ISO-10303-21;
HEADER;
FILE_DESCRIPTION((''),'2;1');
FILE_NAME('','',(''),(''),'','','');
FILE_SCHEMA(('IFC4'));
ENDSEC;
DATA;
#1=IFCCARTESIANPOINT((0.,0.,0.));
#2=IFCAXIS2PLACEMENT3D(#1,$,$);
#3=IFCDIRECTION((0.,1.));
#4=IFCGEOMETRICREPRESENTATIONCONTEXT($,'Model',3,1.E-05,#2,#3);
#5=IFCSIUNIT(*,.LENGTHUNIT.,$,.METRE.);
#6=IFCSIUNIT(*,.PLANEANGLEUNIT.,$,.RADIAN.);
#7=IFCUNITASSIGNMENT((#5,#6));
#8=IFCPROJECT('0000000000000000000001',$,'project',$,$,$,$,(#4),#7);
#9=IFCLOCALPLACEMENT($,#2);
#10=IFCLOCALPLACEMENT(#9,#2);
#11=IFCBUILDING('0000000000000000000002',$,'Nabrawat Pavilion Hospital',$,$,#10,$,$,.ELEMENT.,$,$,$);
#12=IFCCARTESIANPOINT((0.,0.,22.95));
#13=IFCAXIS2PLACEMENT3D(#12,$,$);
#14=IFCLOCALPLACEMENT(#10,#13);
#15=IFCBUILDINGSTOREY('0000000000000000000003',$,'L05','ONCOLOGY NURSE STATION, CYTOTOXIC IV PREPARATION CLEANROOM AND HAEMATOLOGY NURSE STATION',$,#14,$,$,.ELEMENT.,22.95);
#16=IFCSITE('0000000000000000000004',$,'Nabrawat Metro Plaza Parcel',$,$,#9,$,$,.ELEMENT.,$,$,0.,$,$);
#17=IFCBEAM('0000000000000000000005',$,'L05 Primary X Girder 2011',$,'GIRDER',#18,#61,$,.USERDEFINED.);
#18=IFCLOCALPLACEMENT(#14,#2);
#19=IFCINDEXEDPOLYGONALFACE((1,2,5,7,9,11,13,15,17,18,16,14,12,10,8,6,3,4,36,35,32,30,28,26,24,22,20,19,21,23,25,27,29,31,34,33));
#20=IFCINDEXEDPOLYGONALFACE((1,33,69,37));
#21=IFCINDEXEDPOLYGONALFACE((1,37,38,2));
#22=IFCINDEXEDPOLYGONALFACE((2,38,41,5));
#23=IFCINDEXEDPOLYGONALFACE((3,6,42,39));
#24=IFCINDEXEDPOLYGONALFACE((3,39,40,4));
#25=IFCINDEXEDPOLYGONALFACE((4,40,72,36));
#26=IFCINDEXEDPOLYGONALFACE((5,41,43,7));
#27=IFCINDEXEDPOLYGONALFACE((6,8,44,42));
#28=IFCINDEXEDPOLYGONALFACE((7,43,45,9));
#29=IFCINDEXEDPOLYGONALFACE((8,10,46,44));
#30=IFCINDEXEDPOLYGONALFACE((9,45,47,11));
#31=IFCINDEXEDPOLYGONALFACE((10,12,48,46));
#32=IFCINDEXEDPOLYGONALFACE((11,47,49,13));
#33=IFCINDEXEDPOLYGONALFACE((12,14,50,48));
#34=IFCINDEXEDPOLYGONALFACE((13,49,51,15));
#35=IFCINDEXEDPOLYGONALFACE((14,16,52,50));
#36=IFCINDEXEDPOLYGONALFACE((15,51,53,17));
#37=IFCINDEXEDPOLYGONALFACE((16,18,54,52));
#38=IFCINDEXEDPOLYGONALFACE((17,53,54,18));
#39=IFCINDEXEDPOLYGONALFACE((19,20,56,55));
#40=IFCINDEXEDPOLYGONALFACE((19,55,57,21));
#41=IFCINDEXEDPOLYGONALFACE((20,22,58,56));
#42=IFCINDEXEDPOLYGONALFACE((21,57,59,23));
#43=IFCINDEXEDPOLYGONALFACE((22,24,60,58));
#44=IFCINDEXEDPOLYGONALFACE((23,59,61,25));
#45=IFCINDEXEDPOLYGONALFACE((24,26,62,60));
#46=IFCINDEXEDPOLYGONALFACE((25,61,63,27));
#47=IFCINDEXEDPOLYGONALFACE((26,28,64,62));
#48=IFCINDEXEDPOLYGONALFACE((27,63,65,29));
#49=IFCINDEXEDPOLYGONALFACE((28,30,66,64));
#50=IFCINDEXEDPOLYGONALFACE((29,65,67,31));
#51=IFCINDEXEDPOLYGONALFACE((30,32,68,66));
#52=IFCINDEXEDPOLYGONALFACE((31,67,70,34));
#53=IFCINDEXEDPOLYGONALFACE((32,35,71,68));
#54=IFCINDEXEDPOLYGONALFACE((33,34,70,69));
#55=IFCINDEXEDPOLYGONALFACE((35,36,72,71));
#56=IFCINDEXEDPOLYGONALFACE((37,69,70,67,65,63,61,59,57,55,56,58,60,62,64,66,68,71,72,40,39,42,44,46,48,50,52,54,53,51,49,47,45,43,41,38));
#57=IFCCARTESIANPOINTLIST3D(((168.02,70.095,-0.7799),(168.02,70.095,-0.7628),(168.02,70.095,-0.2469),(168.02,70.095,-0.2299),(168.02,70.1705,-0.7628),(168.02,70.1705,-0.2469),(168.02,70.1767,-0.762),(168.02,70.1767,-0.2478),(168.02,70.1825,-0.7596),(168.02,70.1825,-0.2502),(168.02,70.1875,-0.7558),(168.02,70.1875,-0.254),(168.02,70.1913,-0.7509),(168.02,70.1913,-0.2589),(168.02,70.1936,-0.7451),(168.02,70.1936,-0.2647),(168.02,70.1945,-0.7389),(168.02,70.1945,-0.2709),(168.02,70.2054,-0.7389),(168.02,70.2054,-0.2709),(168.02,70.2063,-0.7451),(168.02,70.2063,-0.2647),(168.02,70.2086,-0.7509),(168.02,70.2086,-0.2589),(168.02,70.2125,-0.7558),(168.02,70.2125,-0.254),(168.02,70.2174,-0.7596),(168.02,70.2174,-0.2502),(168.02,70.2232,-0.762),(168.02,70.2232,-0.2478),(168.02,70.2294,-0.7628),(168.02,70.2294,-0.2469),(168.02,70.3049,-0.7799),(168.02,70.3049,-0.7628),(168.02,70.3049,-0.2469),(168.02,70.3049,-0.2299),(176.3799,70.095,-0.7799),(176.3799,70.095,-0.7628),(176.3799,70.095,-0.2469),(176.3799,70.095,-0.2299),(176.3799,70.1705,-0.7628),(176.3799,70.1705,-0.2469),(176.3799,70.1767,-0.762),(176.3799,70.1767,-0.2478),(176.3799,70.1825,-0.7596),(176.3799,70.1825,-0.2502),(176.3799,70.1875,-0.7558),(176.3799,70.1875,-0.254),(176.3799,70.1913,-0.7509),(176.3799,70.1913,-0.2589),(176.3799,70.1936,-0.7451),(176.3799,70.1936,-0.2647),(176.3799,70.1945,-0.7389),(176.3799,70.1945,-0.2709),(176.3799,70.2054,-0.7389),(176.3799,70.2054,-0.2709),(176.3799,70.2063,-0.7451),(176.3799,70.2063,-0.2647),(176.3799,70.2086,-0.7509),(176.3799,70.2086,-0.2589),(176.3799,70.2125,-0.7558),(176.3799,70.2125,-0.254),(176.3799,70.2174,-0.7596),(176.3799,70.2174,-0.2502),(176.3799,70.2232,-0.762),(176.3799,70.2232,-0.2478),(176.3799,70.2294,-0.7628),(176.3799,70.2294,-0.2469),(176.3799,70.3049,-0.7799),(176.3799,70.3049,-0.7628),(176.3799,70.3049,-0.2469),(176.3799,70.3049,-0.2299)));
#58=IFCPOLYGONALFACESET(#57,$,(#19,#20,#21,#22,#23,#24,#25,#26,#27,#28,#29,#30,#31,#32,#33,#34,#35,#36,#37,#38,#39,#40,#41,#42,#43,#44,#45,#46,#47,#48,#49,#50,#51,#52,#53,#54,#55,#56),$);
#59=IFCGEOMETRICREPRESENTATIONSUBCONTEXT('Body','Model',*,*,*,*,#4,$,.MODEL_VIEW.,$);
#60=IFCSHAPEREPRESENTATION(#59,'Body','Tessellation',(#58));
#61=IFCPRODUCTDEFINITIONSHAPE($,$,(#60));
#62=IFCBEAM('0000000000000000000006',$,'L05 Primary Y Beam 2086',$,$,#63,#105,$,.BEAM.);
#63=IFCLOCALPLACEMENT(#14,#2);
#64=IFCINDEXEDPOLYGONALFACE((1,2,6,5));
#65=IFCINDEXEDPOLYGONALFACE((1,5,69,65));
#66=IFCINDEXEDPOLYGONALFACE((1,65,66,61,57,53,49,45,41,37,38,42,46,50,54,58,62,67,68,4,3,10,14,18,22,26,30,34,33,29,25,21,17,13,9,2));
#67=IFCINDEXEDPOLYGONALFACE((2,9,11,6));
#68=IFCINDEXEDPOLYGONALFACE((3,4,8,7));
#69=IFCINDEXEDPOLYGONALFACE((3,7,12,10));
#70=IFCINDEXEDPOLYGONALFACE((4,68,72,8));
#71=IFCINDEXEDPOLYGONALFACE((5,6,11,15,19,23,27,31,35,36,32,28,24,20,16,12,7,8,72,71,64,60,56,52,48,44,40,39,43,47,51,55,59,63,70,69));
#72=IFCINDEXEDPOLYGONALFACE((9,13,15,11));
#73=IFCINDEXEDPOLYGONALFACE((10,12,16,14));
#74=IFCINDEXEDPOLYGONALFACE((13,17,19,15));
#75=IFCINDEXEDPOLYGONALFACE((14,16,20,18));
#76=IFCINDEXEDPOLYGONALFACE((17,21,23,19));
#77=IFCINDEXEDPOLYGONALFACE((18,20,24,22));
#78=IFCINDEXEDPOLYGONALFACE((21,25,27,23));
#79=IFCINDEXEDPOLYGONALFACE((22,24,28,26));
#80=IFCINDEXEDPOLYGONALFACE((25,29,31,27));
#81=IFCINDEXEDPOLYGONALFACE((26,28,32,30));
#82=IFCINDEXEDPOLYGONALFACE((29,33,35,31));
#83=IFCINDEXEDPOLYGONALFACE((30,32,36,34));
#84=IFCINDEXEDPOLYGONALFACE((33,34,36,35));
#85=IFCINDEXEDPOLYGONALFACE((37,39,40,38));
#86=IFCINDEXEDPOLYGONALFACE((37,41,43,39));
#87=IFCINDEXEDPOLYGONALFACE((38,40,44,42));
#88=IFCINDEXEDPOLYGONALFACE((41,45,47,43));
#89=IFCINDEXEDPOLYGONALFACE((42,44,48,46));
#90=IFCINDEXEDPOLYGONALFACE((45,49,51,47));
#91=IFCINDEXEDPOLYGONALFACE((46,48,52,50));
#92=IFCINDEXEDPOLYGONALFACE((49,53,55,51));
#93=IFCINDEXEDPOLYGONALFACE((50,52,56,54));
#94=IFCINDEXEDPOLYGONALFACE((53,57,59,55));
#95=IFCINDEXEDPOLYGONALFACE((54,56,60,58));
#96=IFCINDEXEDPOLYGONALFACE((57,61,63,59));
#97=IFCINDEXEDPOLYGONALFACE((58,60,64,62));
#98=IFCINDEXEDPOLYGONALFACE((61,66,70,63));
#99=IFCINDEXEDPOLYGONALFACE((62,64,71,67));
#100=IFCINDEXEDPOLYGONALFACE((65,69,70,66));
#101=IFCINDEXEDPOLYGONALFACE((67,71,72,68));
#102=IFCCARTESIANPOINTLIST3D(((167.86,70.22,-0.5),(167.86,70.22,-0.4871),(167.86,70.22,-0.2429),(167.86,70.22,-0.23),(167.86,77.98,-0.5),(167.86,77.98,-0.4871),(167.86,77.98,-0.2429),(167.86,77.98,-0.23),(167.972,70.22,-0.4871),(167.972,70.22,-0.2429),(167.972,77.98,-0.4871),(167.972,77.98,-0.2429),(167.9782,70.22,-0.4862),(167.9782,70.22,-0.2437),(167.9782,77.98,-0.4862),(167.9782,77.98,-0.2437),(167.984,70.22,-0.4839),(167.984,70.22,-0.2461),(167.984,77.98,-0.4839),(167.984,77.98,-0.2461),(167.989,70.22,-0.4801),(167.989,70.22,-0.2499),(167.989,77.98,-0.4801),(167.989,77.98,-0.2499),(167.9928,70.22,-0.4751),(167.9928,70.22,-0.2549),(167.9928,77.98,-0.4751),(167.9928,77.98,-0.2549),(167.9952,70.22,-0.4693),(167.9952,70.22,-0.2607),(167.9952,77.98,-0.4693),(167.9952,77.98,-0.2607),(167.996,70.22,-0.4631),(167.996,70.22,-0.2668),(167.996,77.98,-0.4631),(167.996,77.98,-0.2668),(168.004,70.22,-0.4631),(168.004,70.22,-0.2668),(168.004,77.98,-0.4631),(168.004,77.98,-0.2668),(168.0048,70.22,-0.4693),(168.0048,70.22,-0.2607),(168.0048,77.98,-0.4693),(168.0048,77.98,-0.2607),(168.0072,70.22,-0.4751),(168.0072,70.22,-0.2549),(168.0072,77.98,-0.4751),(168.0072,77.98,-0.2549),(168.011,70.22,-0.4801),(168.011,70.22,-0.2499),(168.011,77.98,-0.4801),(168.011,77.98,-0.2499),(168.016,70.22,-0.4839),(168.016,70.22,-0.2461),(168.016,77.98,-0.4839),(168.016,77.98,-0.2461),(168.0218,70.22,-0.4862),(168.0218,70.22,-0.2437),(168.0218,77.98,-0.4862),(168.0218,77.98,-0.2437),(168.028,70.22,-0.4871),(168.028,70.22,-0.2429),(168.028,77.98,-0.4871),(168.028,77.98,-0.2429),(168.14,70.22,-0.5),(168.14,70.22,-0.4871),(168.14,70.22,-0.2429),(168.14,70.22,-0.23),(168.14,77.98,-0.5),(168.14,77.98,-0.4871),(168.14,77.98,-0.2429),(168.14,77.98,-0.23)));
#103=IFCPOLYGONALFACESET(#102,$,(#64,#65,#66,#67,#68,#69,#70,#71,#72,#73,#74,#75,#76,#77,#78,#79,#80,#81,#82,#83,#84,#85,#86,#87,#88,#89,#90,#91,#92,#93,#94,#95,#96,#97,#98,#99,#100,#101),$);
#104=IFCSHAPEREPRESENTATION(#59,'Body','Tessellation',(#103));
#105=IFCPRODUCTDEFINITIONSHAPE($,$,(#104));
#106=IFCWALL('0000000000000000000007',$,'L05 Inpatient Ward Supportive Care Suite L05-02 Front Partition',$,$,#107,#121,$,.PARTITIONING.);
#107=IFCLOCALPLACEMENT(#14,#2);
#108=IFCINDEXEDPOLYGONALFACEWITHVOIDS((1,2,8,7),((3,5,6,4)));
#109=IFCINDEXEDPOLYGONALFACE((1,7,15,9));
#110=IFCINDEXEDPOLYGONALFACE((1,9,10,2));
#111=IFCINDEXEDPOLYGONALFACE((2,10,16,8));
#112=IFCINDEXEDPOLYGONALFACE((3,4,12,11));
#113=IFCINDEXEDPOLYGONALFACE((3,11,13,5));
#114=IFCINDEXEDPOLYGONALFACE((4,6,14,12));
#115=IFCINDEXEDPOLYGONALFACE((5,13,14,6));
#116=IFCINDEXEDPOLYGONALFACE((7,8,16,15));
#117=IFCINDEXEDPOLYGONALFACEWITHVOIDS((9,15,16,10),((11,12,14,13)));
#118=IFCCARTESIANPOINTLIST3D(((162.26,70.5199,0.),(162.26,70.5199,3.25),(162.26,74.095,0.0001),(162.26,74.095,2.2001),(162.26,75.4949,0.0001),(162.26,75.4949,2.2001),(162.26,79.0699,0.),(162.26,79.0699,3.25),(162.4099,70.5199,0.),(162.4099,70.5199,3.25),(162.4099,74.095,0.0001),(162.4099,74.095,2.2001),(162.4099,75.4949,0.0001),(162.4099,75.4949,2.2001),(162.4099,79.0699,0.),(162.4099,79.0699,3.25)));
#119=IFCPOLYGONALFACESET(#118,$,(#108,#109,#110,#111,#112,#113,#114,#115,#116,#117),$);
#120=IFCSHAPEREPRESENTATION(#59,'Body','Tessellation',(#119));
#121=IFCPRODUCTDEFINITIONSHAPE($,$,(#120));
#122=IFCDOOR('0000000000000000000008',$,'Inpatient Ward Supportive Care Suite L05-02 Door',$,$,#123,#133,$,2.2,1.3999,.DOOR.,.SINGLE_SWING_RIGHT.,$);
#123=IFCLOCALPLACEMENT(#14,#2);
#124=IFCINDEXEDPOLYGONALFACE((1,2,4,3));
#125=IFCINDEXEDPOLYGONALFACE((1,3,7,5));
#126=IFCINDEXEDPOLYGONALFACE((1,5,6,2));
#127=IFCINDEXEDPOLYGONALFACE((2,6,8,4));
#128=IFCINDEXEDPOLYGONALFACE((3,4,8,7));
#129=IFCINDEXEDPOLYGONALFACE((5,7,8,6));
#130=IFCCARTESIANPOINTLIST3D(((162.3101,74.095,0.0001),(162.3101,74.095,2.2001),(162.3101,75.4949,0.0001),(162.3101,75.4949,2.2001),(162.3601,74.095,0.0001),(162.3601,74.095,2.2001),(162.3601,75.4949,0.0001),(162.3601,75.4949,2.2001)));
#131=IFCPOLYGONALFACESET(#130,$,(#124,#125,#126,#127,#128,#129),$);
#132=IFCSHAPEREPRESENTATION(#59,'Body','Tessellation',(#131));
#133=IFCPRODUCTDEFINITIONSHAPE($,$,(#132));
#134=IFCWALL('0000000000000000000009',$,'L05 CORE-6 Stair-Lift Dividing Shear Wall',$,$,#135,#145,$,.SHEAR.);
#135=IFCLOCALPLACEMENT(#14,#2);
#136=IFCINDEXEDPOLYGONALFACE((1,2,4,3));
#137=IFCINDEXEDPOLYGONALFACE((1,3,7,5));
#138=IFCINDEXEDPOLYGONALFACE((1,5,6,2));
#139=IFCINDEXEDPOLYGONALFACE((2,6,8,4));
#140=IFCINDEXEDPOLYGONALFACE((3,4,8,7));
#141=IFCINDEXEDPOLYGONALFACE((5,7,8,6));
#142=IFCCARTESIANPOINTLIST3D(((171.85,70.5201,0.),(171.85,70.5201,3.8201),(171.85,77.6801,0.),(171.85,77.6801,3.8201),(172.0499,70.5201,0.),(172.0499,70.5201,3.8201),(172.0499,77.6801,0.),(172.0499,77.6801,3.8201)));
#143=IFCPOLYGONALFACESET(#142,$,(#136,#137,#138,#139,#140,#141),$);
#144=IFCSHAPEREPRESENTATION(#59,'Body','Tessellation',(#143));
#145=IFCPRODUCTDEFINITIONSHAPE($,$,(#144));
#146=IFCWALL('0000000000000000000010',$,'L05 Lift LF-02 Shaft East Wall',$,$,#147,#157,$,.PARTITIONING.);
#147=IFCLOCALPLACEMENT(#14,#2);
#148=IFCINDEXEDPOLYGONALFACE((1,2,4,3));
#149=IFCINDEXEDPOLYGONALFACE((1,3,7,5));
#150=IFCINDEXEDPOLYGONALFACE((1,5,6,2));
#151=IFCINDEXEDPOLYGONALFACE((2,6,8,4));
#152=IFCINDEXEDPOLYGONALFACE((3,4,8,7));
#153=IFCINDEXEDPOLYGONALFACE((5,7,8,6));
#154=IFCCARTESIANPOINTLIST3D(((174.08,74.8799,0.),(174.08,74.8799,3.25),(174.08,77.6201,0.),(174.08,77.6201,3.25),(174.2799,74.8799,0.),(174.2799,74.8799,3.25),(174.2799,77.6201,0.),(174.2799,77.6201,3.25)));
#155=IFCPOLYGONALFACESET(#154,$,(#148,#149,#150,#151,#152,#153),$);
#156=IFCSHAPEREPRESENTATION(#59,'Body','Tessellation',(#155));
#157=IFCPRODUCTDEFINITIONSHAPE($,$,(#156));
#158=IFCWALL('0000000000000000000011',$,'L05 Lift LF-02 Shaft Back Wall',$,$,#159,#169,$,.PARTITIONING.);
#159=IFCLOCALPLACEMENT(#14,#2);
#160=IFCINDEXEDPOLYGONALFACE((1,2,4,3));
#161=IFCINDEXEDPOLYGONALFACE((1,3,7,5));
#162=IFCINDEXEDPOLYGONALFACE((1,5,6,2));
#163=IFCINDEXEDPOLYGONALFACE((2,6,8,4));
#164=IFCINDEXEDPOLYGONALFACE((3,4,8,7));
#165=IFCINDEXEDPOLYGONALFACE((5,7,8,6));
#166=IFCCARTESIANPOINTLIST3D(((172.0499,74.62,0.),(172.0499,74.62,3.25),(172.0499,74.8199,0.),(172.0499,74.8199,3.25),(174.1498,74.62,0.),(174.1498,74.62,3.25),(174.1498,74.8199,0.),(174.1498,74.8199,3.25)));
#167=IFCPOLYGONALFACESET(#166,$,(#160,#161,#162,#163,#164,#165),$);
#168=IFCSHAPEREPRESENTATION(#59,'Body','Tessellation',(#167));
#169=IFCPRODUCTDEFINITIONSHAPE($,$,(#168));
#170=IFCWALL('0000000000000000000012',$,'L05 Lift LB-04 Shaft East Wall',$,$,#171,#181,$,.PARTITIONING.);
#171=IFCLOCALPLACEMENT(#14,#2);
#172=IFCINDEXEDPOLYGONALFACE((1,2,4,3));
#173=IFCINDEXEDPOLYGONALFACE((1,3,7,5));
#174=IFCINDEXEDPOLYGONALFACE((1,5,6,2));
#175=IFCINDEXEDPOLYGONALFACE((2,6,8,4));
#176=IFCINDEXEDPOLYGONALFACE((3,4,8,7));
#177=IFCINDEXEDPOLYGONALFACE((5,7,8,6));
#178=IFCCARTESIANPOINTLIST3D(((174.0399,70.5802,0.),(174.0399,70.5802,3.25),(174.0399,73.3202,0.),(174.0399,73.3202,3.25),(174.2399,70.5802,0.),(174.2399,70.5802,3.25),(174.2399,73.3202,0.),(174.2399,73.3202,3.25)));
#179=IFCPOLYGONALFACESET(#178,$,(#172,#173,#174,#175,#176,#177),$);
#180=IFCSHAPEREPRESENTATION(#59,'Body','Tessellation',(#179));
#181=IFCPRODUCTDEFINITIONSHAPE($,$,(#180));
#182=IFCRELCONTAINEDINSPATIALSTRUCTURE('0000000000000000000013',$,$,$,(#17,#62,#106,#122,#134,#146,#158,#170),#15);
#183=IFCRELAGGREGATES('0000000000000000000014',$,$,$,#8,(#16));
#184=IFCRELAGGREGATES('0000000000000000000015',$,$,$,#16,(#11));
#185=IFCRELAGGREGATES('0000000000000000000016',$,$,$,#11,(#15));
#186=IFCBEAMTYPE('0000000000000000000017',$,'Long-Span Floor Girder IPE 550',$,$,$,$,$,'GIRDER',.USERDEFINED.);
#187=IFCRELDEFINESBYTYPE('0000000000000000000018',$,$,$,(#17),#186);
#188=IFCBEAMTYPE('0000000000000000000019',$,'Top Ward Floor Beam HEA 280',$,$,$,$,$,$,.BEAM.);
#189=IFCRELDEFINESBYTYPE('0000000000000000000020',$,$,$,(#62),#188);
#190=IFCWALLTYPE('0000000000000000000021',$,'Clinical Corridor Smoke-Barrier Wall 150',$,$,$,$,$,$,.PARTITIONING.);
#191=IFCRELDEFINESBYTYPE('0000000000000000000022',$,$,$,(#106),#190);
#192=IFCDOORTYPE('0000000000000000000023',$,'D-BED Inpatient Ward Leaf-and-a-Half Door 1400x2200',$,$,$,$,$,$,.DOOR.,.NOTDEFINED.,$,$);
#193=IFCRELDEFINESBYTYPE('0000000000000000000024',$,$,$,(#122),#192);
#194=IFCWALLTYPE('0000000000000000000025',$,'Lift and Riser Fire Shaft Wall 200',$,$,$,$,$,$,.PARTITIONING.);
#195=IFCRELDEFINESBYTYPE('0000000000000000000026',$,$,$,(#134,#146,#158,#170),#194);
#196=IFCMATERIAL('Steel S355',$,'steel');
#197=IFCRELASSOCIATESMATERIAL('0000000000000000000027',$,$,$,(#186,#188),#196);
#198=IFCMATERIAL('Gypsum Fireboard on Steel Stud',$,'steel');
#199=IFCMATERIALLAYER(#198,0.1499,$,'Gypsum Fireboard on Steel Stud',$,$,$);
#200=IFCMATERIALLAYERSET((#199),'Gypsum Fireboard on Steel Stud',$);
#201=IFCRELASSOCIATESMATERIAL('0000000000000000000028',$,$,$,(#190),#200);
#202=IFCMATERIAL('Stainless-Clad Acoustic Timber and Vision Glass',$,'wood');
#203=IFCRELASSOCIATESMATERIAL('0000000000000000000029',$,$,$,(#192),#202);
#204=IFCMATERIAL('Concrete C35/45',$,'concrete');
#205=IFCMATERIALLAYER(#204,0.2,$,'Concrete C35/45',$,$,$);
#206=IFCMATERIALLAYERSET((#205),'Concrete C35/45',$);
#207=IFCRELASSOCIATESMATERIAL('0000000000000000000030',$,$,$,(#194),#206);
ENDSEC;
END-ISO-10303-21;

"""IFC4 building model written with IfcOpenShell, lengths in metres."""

from ifc_helpers import new_model, si_unit, direction, frame, frame_2d, origin, origin_2d, place, context, subcontext, project, spatial, rectangle, i_section, extrude, material, layer, layer_set, material_profile, profile_set, type_object, element, fill, save


model = new_model("IFC4")

# Units and contexts
model_context = context("Model", 3, precision=1e-05, world=origin(), true_north=direction((0.0, 1.0)))
body_context = subcontext(model_context, "Body", "Model", "MODEL_VIEW")
ifc_project = project(units=[si_unit("LENGTHUNIT", "METRE"), si_unit("PLANEANGLEUNIT", "RADIAN")], contexts=[model_context])

# Site, building, storey
site_placement = place(None, origin())
site = spatial("IfcSite", under=ifc_project, at=site_placement, Name="Nabrawat Metro Plaza Parcel", CompositionType="ELEMENT", RefElevation=0.0)
building_placement = place(site_placement, origin())
building = spatial("IfcBuilding", under=site, at=building_placement, Name="Nabrawat Pavilion Hospital", CompositionType="ELEMENT")
storey_placement = place(building_placement, frame((0.0, 0.0, 22.95)))
storey = spatial("IfcBuildingStorey", under=building, at=storey_placement, Name="L05", Description="ONCOLOGY NURSE STATION, CYTOTOXIC IV PREPARATION CLEANROOM AND HAEMATOLOGY NURSE STATION", CompositionType="ELEMENT", Elevation=22.95)

# Beams
ifc_material_1 = material(Name="Steel S355", Category="steel")
ifc_material_profile_1 = material_profile(ifc_material_1, i_section(OverallWidth=0.21, OverallDepth=0.55, WebThickness=0.011, FlangeThickness=0.0171, FilletRadius=0.0239, at=origin_2d()), Name="IPE 550")
ifc_profile_set_1 = profile_set([ifc_material_profile_1], Name="Steel S355")
beam_type_1 = type_object("IfcBeamType", Name="Long-Span Floor Girder IPE 550", ElementType="GIRDER", PredefinedType="USERDEFINED", material=ifc_profile_set_1)
beam_1_placement = place(storey_placement, frame((168.02, 70.2, -0.5049), z_axis=(1.0, 0.0, 0.0), x_axis=(0.0, 1.0, 0.0)))
element("IfcBeam", 1, at=beam_1_placement, inside=storey, type_object=beam_type_1, Name="L05 Primary X Girder 2011", ObjectType="GIRDER", PredefinedType="USERDEFINED", context=body_context, shape_type="SweptSolid", body=[
    extrude(i_section(OverallWidth=0.21, OverallDepth=0.55, WebThickness=0.011, FlangeThickness=0.0171, FilletRadius=0.0239, at=origin_2d()), origin(), (0.0, 0.0, 1.0), 8.3599),
])
ifc_material_profile_2 = material_profile(ifc_material_1, i_section(OverallWidth=0.28, OverallDepth=0.27, WebThickness=0.0081, FlangeThickness=0.0129, FilletRadius=0.0239, at=origin_2d()), Name="HEA 280")
ifc_profile_set_2 = profile_set([ifc_material_profile_2], Name="Steel S355")
beam_type_2 = type_object("IfcBeamType", Name="Top Ward Floor Beam HEA 280", PredefinedType="BEAM", material=ifc_profile_set_2)
beam_2_placement = place(storey_placement, frame((168.0, 70.22, -0.365), z_axis=(0.0, 1.0, 0.0), x_axis=(-1.0, 0.0, 0.0)))
element("IfcBeam", 2, at=beam_2_placement, inside=storey, type_object=beam_type_2, Name="L05 Primary Y Beam 2086", PredefinedType="BEAM", context=body_context, shape_type="SweptSolid", body=[
    extrude(i_section(OverallWidth=0.28, OverallDepth=0.27, WebThickness=0.0081, FlangeThickness=0.0129, FilletRadius=0.0239, at=origin_2d()), origin(), (0.0, 0.0, 1.0), 7.76),
])

# Wall, opening, door
ifc_material_2 = material(Name="Gypsum Fireboard on Steel Stud", Category="steel")
ifc_layer_1 = layer(ifc_material_2, 0.1499, Name="Gypsum Fireboard on Steel Stud")
ifc_layer_set_1 = layer_set([ifc_layer_1], Name="Gypsum Fireboard on Steel Stud")
wall_type_1 = type_object("IfcWallType", Name="Clinical Corridor Smoke-Barrier Wall 150", PredefinedType="PARTITIONING", material=ifc_layer_set_1)
wall_1_placement = place(storey_placement, frame((162.335, 70.52, 0.0), z_axis=(0.0, 0.0, 1.0), x_axis=(0.0, 1.0, 0.0)))
wall_1 = element("IfcWall", 3, at=wall_1_placement, inside=storey, type_object=wall_type_1, Name="L05 Inpatient Ward Supportive Care Suite L05-02 Front Partition", PredefinedType="PARTITIONING", context=body_context, shape_type="SweptSolid", body=[
    extrude(rectangle(XDim=8.55, YDim=0.1499, at=frame_2d((4.2749, 0.0))), origin(), (0.0, 0.0, 1.0), 3.25),
])
opening_1_placement = place(wall_1_placement, frame((3.575, 0.0, 0.0)))
opening_1 = element("IfcOpeningElement", 4, at=opening_1_placement, cuts=wall_1, PredefinedType="OPENING", context=body_context, shape_type="SweptSolid", body=[
    extrude(rectangle(XDim=1.3999, YDim=2.2, at=frame_2d((0.7, 1.1001))), frame((0.0, 0.085, 0.0), z_axis=(0.0, -1.0, 0.0), x_axis=(1.0, 0.0, 0.0)), (0.0, 0.0, 1.0), 0.1699),
])
ifc_material_3 = material(Name="Stainless-Clad Acoustic Timber and Vision Glass", Category="wood")
door_type_1 = type_object("IfcDoorType", Name="D-BED Inpatient Ward Leaf-and-a-Half Door 1400x2200", OperationType="NOTDEFINED", PredefinedType="DOOR", material=ifc_material_3)
door_1_placement = place(opening_1_placement, origin())
door_1 = element("IfcDoor", 5, at=door_1_placement, inside=storey, type_object=door_type_1, Name="Inpatient Ward Supportive Care Suite L05-02 Door", OperationType="SINGLE_SWING_RIGHT", OverallHeight=2.2, OverallWidth=1.3999, PredefinedType="DOOR", context=body_context, shape_type="SweptSolid", body=[
    extrude(rectangle(XDim=1.3999, YDim=2.2, at=frame_2d((0.7, 1.1001))), frame((0.0, 0.0249, 0.0), z_axis=(0.0, -1.0, 0.0), x_axis=(1.0, 0.0, 0.0)), (0.0, 0.0, 1.0), 0.05),
])
fill(opening_1, door_1)

# Walls
ifc_material_4 = material(Name="Concrete C35/45", Category="concrete")
ifc_layer_2 = layer(ifc_material_4, 0.2, Name="Concrete C35/45")
ifc_layer_set_2 = layer_set([ifc_layer_2], Name="Concrete C35/45")
wall_type_2 = type_object("IfcWallType", Name="Lift and Riser Fire Shaft Wall 200", PredefinedType="PARTITIONING", material=ifc_layer_set_2)
wall_2_placement = place(storey_placement, frame((171.95, 70.52, 0.0), z_axis=(0.0, 0.0, 1.0), x_axis=(0.0, 1.0, 0.0)))
element("IfcWall", 6, at=wall_2_placement, inside=storey, type_object=wall_type_2, Name="L05 CORE-6 Stair-Lift Dividing Shear Wall", PredefinedType="SHEAR", context=body_context, shape_type="SweptSolid", body=[
    extrude(rectangle(XDim=7.1599, YDim=0.2, at=frame_2d((3.5801, 0.0))), origin(), (0.0, 0.0, 1.0), 3.8201),
])
wall_3_placement = place(storey_placement, frame((174.1799, 74.8799, 0.0), z_axis=(0.0, 0.0, 1.0), x_axis=(0.0, 1.0, 0.0)))
element("IfcWall", 7, at=wall_3_placement, inside=storey, type_object=wall_type_2, Name="L05 Lift LF-02 Shaft East Wall", PredefinedType="PARTITIONING", context=body_context, shape_type="SweptSolid", body=[
    extrude(rectangle(XDim=2.7402, YDim=0.2, at=frame_2d((1.3701, 0.0))), origin(), (0.0, 0.0, 1.0), 3.25),
])
wall_4_placement = place(storey_placement, frame((172.05, 74.72, 0.0), z_axis=(0.0, 0.0, 1.0), x_axis=(1.0, 0.0, 0.0)))
element("IfcWall", 8, at=wall_4_placement, inside=storey, type_object=wall_type_2, Name="L05 Lift LF-02 Shaft Back Wall", PredefinedType="PARTITIONING", context=body_context, shape_type="SweptSolid", body=[
    extrude(rectangle(XDim=2.0999, YDim=0.2, at=frame_2d((1.0498, 0.0))), origin(), (0.0, 0.0, 1.0), 3.25),
])
wall_5_placement = place(storey_placement, frame((174.1399, 70.5801, 0.0), z_axis=(0.0, 0.0, 1.0), x_axis=(0.0, 1.0, 0.0)))
element("IfcWall", 9, at=wall_5_placement, inside=storey, type_object=wall_type_2, Name="L05 Lift LB-04 Shaft East Wall", PredefinedType="PARTITIONING", context=body_context, shape_type="SweptSolid", body=[
    extrude(rectangle(XDim=2.74, YDim=0.2, at=frame_2d((1.3701, 0.0))), origin(), (0.0, 0.0, 1.0), 3.25),
])

save(model, "model.ifc")
